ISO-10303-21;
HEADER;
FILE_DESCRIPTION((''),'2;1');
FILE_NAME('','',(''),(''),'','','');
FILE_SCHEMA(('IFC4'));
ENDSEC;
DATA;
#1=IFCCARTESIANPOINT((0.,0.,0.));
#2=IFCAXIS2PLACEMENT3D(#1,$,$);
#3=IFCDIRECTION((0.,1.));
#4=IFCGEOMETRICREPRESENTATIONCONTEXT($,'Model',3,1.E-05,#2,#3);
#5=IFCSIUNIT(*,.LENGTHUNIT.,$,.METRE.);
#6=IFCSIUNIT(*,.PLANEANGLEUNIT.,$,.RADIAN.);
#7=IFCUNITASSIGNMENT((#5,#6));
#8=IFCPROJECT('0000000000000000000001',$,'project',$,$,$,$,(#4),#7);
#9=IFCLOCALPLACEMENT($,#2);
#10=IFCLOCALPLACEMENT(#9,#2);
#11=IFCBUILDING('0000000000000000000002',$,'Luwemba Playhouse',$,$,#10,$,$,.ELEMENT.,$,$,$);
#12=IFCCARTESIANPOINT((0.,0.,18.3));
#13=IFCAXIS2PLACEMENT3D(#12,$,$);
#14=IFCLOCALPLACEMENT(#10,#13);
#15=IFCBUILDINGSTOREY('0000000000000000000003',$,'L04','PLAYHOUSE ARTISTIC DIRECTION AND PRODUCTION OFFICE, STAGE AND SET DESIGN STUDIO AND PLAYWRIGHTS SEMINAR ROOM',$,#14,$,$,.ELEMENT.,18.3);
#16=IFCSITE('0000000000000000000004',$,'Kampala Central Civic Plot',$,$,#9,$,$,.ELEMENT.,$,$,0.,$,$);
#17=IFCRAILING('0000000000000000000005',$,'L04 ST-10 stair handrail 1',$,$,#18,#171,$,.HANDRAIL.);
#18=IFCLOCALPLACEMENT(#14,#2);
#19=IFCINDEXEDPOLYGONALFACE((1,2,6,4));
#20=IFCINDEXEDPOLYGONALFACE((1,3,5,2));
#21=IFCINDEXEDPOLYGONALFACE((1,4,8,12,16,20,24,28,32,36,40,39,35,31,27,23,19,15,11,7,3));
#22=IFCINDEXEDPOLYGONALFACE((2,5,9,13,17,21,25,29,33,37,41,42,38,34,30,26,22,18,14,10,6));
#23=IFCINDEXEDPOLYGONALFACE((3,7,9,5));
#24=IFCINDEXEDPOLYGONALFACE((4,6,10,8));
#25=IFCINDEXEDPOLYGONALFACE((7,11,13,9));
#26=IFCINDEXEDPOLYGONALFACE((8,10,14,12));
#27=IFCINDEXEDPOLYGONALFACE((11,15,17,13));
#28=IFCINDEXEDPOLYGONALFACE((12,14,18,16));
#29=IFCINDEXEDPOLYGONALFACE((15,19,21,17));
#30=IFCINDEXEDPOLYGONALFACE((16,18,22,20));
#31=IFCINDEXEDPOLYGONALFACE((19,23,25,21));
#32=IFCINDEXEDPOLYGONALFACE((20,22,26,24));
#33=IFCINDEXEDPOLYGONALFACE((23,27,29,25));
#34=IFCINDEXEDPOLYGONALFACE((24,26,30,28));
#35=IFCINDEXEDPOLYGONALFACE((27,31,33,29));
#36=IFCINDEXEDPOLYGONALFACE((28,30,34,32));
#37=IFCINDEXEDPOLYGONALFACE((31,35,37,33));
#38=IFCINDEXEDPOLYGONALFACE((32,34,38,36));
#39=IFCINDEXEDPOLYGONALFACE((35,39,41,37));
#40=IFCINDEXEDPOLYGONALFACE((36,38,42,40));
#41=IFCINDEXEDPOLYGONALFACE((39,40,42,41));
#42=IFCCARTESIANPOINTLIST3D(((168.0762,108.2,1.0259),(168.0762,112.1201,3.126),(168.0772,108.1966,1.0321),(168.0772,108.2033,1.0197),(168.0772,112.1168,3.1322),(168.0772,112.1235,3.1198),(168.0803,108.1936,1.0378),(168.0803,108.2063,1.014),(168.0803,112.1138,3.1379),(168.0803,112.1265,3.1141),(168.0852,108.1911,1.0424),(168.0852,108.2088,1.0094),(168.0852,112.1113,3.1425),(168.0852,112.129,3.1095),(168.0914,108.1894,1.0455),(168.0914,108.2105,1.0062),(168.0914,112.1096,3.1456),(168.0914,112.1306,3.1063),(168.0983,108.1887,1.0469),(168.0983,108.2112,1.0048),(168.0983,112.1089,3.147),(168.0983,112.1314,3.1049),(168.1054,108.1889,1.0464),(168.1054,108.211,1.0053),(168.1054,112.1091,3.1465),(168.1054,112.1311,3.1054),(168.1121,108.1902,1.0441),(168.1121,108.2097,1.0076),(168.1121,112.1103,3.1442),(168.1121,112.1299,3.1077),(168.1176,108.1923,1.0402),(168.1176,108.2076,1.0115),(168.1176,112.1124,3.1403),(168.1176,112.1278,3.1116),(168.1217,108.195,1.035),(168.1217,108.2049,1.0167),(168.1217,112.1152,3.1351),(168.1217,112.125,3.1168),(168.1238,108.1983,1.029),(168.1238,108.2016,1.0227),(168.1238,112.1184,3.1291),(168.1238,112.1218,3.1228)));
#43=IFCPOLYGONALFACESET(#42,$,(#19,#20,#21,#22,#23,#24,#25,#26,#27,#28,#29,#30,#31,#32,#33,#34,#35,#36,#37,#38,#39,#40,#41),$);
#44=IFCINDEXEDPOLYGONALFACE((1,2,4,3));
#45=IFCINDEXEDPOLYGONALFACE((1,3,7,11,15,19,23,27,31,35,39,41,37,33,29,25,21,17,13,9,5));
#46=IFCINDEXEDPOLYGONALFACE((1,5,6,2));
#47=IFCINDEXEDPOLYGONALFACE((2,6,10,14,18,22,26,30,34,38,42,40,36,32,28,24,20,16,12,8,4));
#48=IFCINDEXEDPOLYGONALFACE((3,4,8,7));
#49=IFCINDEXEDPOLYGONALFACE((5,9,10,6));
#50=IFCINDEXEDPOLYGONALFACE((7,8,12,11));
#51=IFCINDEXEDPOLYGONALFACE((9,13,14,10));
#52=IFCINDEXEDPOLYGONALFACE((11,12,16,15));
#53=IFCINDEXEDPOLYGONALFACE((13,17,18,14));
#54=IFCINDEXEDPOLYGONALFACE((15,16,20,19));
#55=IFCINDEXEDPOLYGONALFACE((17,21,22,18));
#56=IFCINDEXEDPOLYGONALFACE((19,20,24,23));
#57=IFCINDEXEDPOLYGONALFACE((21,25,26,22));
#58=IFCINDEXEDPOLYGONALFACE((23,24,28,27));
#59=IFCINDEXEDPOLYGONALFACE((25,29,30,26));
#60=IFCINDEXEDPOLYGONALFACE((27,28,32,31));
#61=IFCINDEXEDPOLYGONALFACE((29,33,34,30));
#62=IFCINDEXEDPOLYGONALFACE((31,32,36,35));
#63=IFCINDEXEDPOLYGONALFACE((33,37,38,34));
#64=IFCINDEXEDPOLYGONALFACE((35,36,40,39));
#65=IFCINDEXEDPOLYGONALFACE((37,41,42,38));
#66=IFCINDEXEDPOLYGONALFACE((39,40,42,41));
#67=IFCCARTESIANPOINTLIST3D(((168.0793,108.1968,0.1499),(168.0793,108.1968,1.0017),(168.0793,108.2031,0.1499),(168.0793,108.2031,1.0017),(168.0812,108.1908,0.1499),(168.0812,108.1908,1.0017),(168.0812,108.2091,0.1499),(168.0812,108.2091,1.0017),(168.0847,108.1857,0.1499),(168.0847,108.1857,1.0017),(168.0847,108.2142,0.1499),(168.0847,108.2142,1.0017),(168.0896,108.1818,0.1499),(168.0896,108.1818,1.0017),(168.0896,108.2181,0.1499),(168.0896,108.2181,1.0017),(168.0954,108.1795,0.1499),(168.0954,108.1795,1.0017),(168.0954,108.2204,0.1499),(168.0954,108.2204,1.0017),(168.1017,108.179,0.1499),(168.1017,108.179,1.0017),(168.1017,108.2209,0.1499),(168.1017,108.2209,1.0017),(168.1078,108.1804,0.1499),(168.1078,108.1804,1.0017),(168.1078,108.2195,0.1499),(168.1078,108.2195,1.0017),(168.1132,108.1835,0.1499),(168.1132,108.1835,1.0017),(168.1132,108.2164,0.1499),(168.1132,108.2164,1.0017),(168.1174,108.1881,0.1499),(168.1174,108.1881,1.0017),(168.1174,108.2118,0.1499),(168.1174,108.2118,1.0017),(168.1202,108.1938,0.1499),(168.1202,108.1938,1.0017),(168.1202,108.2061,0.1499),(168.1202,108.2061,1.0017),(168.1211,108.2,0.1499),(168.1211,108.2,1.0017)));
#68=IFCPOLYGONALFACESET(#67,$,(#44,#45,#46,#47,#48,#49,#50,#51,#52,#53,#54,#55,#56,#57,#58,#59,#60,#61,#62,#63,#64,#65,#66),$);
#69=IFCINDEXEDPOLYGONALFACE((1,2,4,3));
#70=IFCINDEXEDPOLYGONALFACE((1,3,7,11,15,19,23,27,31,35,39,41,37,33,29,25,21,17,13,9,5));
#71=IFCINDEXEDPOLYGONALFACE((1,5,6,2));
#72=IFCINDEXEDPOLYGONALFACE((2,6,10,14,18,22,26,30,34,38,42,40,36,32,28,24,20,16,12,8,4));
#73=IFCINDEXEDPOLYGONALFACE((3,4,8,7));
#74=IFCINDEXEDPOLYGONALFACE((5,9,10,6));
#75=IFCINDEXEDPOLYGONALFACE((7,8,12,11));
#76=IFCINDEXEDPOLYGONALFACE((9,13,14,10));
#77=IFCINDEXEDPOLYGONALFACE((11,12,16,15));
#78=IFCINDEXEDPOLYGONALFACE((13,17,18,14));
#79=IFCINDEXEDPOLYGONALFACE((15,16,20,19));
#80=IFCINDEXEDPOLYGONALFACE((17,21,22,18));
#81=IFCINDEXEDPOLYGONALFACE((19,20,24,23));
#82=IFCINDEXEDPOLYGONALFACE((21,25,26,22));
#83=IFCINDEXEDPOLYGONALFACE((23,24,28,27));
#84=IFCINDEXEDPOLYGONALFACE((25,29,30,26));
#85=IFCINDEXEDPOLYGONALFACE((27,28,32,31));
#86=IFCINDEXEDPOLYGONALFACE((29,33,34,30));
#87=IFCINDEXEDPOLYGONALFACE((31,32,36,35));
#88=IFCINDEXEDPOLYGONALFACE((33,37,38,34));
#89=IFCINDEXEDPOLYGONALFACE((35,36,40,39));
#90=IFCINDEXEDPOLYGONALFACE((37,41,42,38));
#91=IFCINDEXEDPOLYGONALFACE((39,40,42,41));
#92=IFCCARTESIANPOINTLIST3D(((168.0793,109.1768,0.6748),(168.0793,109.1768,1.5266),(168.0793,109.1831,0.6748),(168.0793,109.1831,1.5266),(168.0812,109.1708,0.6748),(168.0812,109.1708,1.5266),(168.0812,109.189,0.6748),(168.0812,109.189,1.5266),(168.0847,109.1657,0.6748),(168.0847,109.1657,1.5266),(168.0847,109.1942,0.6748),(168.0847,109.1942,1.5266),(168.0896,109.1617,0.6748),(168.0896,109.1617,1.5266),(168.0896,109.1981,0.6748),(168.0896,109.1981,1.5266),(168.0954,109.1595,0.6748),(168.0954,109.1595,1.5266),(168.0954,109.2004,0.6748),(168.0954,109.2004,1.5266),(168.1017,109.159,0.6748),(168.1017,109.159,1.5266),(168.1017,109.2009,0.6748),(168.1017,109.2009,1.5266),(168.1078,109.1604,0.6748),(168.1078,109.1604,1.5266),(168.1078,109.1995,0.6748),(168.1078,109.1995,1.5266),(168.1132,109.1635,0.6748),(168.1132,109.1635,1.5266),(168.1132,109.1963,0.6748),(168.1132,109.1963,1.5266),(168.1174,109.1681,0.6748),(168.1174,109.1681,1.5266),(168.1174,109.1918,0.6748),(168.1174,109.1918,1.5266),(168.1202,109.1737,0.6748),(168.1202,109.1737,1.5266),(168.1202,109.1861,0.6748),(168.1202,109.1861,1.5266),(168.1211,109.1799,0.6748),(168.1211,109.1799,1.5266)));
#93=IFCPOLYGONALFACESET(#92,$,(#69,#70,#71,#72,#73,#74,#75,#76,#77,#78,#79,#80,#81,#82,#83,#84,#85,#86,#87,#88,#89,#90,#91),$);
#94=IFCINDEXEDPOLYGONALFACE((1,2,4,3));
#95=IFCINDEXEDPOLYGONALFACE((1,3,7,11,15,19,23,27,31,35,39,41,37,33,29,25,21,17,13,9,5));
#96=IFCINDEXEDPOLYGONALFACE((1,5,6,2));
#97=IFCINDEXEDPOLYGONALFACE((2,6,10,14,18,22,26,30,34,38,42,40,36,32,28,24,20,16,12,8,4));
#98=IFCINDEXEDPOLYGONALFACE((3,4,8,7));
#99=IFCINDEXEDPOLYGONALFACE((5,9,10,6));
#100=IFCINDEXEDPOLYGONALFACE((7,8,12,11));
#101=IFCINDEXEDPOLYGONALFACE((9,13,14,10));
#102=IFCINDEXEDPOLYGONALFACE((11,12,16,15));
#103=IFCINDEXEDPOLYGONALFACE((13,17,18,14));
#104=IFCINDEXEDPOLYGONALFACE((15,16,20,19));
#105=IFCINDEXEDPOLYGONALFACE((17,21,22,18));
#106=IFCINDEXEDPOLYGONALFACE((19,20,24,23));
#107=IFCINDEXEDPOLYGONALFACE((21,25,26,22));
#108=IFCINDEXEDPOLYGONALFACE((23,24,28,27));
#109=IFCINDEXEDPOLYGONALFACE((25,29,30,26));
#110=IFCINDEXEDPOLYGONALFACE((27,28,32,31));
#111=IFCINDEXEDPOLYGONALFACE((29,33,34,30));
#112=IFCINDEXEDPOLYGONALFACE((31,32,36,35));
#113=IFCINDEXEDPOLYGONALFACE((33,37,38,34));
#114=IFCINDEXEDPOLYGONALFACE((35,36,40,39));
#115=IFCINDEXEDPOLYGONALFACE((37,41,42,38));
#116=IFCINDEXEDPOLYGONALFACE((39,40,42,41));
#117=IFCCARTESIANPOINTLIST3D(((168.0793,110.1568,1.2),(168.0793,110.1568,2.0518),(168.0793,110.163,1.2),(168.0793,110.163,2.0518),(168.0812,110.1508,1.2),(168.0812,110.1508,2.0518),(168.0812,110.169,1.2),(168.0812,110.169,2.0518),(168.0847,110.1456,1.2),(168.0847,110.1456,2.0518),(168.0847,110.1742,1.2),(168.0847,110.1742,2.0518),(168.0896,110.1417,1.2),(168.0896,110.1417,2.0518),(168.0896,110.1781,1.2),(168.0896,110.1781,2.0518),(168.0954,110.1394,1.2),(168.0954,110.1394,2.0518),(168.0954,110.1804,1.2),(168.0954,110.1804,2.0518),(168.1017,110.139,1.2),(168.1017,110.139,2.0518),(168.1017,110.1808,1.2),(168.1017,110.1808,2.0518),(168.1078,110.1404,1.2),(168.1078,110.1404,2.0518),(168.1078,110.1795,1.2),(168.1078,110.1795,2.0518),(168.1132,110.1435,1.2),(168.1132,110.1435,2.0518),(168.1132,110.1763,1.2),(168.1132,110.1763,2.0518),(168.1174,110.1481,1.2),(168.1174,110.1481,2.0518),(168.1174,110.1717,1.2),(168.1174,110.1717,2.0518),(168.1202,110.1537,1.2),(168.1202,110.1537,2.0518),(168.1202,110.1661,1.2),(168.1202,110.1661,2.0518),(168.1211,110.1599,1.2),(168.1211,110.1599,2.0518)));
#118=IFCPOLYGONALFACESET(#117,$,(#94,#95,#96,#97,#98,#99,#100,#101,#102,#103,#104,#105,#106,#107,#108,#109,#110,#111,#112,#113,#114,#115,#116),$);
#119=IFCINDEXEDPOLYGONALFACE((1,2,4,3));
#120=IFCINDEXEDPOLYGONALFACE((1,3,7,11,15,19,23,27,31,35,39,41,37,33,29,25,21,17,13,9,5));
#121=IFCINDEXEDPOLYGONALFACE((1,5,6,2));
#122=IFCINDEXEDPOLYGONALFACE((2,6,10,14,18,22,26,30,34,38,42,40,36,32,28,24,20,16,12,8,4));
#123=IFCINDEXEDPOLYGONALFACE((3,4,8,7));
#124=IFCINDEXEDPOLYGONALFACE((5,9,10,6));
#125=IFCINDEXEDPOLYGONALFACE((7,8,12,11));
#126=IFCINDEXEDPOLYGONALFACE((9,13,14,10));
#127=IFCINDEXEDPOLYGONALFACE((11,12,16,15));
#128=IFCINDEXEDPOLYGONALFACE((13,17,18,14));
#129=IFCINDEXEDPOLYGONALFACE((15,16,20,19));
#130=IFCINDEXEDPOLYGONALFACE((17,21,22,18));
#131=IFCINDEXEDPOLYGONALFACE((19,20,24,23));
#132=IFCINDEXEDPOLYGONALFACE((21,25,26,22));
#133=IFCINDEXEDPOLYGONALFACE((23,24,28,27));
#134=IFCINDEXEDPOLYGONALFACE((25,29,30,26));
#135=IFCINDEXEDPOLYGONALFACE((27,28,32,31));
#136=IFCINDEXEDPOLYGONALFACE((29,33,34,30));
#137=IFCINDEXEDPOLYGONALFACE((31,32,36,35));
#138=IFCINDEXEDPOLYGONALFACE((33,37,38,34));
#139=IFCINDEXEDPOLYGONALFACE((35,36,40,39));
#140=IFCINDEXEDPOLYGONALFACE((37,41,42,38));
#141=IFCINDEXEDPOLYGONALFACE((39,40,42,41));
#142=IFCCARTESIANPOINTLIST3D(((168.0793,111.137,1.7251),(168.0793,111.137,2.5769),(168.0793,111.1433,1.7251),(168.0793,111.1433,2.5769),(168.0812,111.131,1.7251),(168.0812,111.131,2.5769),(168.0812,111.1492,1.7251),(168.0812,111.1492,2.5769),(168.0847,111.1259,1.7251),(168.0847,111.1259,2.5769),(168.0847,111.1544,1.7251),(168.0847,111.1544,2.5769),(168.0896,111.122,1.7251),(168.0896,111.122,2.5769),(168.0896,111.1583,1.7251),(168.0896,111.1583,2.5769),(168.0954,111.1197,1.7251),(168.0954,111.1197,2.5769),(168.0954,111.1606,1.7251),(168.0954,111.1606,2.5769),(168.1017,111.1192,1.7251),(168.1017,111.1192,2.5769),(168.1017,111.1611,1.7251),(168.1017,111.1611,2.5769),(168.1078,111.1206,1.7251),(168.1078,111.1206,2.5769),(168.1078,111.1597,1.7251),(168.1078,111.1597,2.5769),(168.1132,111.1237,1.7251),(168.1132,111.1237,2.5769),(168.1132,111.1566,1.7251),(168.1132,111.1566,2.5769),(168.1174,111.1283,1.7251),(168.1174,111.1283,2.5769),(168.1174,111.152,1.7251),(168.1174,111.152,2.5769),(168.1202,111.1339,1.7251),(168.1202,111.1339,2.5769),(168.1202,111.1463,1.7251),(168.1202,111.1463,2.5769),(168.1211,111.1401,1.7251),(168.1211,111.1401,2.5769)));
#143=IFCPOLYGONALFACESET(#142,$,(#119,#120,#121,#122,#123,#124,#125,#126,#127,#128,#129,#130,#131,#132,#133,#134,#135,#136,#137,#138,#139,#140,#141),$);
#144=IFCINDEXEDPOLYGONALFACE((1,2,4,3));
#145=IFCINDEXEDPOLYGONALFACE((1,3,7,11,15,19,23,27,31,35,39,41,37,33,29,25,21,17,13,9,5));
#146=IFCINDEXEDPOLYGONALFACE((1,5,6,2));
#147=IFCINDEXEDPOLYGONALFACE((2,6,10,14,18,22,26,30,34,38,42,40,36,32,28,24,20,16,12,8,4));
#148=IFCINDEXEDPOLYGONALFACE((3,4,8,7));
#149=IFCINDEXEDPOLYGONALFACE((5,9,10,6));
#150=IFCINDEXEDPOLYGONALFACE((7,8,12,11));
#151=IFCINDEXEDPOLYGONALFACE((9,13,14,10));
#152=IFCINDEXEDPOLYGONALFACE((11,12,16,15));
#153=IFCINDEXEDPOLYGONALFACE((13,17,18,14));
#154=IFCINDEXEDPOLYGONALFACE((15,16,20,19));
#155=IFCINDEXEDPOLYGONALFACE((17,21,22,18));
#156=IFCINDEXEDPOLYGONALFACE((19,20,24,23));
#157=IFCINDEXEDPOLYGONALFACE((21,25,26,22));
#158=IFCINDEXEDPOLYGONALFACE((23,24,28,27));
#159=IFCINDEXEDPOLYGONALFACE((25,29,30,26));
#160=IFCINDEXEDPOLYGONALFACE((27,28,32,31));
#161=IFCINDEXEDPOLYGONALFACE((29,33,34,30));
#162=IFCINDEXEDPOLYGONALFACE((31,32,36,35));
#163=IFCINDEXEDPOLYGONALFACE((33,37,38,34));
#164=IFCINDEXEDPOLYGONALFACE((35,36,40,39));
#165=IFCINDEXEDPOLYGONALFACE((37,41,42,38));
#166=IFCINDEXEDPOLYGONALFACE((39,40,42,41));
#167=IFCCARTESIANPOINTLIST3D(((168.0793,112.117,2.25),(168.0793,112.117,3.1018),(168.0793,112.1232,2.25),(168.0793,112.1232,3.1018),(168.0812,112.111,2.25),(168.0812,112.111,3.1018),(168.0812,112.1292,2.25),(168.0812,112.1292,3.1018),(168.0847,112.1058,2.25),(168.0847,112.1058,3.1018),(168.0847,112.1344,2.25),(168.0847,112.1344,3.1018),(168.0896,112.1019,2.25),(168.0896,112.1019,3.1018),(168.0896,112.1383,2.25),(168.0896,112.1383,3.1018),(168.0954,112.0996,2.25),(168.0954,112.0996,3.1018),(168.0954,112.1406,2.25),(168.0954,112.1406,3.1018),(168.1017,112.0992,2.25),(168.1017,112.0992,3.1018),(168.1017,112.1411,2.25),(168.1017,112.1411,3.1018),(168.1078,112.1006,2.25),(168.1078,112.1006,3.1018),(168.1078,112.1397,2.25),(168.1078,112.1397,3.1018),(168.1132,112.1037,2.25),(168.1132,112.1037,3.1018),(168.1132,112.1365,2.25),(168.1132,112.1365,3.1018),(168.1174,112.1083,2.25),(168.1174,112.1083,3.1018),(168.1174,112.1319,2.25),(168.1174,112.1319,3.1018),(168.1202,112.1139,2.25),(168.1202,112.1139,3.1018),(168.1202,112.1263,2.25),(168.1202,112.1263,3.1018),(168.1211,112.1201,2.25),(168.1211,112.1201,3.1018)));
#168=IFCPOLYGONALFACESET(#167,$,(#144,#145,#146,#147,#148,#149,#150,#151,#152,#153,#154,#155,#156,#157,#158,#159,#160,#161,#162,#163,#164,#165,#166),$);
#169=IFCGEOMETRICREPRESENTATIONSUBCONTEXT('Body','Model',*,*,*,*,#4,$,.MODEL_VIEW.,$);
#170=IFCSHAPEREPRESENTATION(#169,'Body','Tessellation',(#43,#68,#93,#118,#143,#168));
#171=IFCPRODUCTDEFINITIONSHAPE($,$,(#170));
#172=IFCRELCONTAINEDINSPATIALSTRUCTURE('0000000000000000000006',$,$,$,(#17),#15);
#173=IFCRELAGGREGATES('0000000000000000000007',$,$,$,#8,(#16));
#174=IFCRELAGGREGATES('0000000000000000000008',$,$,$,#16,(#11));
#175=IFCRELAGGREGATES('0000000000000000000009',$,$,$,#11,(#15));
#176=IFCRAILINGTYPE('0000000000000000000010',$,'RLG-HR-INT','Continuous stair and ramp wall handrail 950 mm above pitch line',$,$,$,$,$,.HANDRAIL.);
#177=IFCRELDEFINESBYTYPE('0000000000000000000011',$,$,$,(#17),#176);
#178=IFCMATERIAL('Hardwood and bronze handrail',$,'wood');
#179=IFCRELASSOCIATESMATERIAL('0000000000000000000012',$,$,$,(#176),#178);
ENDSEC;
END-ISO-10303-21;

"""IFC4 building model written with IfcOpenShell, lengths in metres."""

from ifc_helpers import new_model, si_unit, direction, frame, origin, origin_2d, place, context, subcontext, project, spatial, circle, extrude, material, type_object, element, save


model = new_model("IFC4")

# Units and contexts
model_context = context("Model", 3, precision=1e-05, world=origin(), true_north=direction((0.0, 1.0)))
body_context = subcontext(model_context, "Body", "Model", "MODEL_VIEW")
ifc_project = project(units=[si_unit("LENGTHUNIT", "METRE"), si_unit("PLANEANGLEUNIT", "RADIAN")], contexts=[model_context])

# Site, building, storey
site_placement = place(None, origin())
site = spatial("IfcSite", under=ifc_project, at=site_placement, Name="Kampala Central Civic Plot", CompositionType="ELEMENT", RefElevation=0.0)
building_placement = place(site_placement, origin())
building = spatial("IfcBuilding", under=site, at=building_placement, Name="Luwemba Playhouse", CompositionType="ELEMENT")
storey_placement = place(building_placement, frame((0.0, 0.0, 18.3)))
storey = spatial("IfcBuildingStorey", under=building, at=storey_placement, Name="L04", Description="PLAYHOUSE ARTISTIC DIRECTION AND PRODUCTION OFFICE, STAGE AND SET DESIGN STUDIO AND PLAYWRIGHTS SEMINAR ROOM", CompositionType="ELEMENT", Elevation=18.3)

# Railing
ifc_material_1 = material(Name="Hardwood and bronze handrail", Category="wood")
railing_type_1 = type_object("IfcRailingType", Name="RLG-HR-INT", Description="Continuous stair and ramp wall handrail 950 mm above pitch line", PredefinedType="HANDRAIL", material=ifc_material_1)
railing_1_placement = place(storey_placement, frame((168.1001, 108.2, 0.1499)))
element("IfcRailing", 1, at=railing_1_placement, inside=storey, type_object=railing_type_1, Name="L04 ST-10 stair handrail 1", PredefinedType="HANDRAIL", context=body_context, shape_type="SweptSolid", body=[
    extrude(circle(Radius=0.0239, at=origin_2d()), frame((0.0, 0.0, 0.876), z_axis=(0.0, 0.881479, 0.472223), x_axis=(-1.0, 0.0, 0.0)), (0.0, 0.0, 1.0), 4.4473),
    extrude(circle(Radius=0.021, at=origin_2d()), origin(), (0.0, 0.0, 1.0), 0.8518),
    extrude(circle(Radius=0.021, at=origin_2d()), frame((0.0, 0.98, 0.5249)), (0.0, 0.0, 1.0), 0.8518),
    extrude(circle(Radius=0.021, at=origin_2d()), frame((0.0, 1.96, 1.05)), (0.0, 0.0, 1.0), 0.8518),
    extrude(circle(Radius=0.021, at=origin_2d()), frame((0.0, 2.9402, 1.5752)), (0.0, 0.0, 1.0), 0.8518),
    extrude(circle(Radius=0.021, at=origin_2d()), frame((0.0, 3.9202, 2.1001)), (0.0, 0.0, 1.0), 0.8518),
])

save(model, "model.ifc")
